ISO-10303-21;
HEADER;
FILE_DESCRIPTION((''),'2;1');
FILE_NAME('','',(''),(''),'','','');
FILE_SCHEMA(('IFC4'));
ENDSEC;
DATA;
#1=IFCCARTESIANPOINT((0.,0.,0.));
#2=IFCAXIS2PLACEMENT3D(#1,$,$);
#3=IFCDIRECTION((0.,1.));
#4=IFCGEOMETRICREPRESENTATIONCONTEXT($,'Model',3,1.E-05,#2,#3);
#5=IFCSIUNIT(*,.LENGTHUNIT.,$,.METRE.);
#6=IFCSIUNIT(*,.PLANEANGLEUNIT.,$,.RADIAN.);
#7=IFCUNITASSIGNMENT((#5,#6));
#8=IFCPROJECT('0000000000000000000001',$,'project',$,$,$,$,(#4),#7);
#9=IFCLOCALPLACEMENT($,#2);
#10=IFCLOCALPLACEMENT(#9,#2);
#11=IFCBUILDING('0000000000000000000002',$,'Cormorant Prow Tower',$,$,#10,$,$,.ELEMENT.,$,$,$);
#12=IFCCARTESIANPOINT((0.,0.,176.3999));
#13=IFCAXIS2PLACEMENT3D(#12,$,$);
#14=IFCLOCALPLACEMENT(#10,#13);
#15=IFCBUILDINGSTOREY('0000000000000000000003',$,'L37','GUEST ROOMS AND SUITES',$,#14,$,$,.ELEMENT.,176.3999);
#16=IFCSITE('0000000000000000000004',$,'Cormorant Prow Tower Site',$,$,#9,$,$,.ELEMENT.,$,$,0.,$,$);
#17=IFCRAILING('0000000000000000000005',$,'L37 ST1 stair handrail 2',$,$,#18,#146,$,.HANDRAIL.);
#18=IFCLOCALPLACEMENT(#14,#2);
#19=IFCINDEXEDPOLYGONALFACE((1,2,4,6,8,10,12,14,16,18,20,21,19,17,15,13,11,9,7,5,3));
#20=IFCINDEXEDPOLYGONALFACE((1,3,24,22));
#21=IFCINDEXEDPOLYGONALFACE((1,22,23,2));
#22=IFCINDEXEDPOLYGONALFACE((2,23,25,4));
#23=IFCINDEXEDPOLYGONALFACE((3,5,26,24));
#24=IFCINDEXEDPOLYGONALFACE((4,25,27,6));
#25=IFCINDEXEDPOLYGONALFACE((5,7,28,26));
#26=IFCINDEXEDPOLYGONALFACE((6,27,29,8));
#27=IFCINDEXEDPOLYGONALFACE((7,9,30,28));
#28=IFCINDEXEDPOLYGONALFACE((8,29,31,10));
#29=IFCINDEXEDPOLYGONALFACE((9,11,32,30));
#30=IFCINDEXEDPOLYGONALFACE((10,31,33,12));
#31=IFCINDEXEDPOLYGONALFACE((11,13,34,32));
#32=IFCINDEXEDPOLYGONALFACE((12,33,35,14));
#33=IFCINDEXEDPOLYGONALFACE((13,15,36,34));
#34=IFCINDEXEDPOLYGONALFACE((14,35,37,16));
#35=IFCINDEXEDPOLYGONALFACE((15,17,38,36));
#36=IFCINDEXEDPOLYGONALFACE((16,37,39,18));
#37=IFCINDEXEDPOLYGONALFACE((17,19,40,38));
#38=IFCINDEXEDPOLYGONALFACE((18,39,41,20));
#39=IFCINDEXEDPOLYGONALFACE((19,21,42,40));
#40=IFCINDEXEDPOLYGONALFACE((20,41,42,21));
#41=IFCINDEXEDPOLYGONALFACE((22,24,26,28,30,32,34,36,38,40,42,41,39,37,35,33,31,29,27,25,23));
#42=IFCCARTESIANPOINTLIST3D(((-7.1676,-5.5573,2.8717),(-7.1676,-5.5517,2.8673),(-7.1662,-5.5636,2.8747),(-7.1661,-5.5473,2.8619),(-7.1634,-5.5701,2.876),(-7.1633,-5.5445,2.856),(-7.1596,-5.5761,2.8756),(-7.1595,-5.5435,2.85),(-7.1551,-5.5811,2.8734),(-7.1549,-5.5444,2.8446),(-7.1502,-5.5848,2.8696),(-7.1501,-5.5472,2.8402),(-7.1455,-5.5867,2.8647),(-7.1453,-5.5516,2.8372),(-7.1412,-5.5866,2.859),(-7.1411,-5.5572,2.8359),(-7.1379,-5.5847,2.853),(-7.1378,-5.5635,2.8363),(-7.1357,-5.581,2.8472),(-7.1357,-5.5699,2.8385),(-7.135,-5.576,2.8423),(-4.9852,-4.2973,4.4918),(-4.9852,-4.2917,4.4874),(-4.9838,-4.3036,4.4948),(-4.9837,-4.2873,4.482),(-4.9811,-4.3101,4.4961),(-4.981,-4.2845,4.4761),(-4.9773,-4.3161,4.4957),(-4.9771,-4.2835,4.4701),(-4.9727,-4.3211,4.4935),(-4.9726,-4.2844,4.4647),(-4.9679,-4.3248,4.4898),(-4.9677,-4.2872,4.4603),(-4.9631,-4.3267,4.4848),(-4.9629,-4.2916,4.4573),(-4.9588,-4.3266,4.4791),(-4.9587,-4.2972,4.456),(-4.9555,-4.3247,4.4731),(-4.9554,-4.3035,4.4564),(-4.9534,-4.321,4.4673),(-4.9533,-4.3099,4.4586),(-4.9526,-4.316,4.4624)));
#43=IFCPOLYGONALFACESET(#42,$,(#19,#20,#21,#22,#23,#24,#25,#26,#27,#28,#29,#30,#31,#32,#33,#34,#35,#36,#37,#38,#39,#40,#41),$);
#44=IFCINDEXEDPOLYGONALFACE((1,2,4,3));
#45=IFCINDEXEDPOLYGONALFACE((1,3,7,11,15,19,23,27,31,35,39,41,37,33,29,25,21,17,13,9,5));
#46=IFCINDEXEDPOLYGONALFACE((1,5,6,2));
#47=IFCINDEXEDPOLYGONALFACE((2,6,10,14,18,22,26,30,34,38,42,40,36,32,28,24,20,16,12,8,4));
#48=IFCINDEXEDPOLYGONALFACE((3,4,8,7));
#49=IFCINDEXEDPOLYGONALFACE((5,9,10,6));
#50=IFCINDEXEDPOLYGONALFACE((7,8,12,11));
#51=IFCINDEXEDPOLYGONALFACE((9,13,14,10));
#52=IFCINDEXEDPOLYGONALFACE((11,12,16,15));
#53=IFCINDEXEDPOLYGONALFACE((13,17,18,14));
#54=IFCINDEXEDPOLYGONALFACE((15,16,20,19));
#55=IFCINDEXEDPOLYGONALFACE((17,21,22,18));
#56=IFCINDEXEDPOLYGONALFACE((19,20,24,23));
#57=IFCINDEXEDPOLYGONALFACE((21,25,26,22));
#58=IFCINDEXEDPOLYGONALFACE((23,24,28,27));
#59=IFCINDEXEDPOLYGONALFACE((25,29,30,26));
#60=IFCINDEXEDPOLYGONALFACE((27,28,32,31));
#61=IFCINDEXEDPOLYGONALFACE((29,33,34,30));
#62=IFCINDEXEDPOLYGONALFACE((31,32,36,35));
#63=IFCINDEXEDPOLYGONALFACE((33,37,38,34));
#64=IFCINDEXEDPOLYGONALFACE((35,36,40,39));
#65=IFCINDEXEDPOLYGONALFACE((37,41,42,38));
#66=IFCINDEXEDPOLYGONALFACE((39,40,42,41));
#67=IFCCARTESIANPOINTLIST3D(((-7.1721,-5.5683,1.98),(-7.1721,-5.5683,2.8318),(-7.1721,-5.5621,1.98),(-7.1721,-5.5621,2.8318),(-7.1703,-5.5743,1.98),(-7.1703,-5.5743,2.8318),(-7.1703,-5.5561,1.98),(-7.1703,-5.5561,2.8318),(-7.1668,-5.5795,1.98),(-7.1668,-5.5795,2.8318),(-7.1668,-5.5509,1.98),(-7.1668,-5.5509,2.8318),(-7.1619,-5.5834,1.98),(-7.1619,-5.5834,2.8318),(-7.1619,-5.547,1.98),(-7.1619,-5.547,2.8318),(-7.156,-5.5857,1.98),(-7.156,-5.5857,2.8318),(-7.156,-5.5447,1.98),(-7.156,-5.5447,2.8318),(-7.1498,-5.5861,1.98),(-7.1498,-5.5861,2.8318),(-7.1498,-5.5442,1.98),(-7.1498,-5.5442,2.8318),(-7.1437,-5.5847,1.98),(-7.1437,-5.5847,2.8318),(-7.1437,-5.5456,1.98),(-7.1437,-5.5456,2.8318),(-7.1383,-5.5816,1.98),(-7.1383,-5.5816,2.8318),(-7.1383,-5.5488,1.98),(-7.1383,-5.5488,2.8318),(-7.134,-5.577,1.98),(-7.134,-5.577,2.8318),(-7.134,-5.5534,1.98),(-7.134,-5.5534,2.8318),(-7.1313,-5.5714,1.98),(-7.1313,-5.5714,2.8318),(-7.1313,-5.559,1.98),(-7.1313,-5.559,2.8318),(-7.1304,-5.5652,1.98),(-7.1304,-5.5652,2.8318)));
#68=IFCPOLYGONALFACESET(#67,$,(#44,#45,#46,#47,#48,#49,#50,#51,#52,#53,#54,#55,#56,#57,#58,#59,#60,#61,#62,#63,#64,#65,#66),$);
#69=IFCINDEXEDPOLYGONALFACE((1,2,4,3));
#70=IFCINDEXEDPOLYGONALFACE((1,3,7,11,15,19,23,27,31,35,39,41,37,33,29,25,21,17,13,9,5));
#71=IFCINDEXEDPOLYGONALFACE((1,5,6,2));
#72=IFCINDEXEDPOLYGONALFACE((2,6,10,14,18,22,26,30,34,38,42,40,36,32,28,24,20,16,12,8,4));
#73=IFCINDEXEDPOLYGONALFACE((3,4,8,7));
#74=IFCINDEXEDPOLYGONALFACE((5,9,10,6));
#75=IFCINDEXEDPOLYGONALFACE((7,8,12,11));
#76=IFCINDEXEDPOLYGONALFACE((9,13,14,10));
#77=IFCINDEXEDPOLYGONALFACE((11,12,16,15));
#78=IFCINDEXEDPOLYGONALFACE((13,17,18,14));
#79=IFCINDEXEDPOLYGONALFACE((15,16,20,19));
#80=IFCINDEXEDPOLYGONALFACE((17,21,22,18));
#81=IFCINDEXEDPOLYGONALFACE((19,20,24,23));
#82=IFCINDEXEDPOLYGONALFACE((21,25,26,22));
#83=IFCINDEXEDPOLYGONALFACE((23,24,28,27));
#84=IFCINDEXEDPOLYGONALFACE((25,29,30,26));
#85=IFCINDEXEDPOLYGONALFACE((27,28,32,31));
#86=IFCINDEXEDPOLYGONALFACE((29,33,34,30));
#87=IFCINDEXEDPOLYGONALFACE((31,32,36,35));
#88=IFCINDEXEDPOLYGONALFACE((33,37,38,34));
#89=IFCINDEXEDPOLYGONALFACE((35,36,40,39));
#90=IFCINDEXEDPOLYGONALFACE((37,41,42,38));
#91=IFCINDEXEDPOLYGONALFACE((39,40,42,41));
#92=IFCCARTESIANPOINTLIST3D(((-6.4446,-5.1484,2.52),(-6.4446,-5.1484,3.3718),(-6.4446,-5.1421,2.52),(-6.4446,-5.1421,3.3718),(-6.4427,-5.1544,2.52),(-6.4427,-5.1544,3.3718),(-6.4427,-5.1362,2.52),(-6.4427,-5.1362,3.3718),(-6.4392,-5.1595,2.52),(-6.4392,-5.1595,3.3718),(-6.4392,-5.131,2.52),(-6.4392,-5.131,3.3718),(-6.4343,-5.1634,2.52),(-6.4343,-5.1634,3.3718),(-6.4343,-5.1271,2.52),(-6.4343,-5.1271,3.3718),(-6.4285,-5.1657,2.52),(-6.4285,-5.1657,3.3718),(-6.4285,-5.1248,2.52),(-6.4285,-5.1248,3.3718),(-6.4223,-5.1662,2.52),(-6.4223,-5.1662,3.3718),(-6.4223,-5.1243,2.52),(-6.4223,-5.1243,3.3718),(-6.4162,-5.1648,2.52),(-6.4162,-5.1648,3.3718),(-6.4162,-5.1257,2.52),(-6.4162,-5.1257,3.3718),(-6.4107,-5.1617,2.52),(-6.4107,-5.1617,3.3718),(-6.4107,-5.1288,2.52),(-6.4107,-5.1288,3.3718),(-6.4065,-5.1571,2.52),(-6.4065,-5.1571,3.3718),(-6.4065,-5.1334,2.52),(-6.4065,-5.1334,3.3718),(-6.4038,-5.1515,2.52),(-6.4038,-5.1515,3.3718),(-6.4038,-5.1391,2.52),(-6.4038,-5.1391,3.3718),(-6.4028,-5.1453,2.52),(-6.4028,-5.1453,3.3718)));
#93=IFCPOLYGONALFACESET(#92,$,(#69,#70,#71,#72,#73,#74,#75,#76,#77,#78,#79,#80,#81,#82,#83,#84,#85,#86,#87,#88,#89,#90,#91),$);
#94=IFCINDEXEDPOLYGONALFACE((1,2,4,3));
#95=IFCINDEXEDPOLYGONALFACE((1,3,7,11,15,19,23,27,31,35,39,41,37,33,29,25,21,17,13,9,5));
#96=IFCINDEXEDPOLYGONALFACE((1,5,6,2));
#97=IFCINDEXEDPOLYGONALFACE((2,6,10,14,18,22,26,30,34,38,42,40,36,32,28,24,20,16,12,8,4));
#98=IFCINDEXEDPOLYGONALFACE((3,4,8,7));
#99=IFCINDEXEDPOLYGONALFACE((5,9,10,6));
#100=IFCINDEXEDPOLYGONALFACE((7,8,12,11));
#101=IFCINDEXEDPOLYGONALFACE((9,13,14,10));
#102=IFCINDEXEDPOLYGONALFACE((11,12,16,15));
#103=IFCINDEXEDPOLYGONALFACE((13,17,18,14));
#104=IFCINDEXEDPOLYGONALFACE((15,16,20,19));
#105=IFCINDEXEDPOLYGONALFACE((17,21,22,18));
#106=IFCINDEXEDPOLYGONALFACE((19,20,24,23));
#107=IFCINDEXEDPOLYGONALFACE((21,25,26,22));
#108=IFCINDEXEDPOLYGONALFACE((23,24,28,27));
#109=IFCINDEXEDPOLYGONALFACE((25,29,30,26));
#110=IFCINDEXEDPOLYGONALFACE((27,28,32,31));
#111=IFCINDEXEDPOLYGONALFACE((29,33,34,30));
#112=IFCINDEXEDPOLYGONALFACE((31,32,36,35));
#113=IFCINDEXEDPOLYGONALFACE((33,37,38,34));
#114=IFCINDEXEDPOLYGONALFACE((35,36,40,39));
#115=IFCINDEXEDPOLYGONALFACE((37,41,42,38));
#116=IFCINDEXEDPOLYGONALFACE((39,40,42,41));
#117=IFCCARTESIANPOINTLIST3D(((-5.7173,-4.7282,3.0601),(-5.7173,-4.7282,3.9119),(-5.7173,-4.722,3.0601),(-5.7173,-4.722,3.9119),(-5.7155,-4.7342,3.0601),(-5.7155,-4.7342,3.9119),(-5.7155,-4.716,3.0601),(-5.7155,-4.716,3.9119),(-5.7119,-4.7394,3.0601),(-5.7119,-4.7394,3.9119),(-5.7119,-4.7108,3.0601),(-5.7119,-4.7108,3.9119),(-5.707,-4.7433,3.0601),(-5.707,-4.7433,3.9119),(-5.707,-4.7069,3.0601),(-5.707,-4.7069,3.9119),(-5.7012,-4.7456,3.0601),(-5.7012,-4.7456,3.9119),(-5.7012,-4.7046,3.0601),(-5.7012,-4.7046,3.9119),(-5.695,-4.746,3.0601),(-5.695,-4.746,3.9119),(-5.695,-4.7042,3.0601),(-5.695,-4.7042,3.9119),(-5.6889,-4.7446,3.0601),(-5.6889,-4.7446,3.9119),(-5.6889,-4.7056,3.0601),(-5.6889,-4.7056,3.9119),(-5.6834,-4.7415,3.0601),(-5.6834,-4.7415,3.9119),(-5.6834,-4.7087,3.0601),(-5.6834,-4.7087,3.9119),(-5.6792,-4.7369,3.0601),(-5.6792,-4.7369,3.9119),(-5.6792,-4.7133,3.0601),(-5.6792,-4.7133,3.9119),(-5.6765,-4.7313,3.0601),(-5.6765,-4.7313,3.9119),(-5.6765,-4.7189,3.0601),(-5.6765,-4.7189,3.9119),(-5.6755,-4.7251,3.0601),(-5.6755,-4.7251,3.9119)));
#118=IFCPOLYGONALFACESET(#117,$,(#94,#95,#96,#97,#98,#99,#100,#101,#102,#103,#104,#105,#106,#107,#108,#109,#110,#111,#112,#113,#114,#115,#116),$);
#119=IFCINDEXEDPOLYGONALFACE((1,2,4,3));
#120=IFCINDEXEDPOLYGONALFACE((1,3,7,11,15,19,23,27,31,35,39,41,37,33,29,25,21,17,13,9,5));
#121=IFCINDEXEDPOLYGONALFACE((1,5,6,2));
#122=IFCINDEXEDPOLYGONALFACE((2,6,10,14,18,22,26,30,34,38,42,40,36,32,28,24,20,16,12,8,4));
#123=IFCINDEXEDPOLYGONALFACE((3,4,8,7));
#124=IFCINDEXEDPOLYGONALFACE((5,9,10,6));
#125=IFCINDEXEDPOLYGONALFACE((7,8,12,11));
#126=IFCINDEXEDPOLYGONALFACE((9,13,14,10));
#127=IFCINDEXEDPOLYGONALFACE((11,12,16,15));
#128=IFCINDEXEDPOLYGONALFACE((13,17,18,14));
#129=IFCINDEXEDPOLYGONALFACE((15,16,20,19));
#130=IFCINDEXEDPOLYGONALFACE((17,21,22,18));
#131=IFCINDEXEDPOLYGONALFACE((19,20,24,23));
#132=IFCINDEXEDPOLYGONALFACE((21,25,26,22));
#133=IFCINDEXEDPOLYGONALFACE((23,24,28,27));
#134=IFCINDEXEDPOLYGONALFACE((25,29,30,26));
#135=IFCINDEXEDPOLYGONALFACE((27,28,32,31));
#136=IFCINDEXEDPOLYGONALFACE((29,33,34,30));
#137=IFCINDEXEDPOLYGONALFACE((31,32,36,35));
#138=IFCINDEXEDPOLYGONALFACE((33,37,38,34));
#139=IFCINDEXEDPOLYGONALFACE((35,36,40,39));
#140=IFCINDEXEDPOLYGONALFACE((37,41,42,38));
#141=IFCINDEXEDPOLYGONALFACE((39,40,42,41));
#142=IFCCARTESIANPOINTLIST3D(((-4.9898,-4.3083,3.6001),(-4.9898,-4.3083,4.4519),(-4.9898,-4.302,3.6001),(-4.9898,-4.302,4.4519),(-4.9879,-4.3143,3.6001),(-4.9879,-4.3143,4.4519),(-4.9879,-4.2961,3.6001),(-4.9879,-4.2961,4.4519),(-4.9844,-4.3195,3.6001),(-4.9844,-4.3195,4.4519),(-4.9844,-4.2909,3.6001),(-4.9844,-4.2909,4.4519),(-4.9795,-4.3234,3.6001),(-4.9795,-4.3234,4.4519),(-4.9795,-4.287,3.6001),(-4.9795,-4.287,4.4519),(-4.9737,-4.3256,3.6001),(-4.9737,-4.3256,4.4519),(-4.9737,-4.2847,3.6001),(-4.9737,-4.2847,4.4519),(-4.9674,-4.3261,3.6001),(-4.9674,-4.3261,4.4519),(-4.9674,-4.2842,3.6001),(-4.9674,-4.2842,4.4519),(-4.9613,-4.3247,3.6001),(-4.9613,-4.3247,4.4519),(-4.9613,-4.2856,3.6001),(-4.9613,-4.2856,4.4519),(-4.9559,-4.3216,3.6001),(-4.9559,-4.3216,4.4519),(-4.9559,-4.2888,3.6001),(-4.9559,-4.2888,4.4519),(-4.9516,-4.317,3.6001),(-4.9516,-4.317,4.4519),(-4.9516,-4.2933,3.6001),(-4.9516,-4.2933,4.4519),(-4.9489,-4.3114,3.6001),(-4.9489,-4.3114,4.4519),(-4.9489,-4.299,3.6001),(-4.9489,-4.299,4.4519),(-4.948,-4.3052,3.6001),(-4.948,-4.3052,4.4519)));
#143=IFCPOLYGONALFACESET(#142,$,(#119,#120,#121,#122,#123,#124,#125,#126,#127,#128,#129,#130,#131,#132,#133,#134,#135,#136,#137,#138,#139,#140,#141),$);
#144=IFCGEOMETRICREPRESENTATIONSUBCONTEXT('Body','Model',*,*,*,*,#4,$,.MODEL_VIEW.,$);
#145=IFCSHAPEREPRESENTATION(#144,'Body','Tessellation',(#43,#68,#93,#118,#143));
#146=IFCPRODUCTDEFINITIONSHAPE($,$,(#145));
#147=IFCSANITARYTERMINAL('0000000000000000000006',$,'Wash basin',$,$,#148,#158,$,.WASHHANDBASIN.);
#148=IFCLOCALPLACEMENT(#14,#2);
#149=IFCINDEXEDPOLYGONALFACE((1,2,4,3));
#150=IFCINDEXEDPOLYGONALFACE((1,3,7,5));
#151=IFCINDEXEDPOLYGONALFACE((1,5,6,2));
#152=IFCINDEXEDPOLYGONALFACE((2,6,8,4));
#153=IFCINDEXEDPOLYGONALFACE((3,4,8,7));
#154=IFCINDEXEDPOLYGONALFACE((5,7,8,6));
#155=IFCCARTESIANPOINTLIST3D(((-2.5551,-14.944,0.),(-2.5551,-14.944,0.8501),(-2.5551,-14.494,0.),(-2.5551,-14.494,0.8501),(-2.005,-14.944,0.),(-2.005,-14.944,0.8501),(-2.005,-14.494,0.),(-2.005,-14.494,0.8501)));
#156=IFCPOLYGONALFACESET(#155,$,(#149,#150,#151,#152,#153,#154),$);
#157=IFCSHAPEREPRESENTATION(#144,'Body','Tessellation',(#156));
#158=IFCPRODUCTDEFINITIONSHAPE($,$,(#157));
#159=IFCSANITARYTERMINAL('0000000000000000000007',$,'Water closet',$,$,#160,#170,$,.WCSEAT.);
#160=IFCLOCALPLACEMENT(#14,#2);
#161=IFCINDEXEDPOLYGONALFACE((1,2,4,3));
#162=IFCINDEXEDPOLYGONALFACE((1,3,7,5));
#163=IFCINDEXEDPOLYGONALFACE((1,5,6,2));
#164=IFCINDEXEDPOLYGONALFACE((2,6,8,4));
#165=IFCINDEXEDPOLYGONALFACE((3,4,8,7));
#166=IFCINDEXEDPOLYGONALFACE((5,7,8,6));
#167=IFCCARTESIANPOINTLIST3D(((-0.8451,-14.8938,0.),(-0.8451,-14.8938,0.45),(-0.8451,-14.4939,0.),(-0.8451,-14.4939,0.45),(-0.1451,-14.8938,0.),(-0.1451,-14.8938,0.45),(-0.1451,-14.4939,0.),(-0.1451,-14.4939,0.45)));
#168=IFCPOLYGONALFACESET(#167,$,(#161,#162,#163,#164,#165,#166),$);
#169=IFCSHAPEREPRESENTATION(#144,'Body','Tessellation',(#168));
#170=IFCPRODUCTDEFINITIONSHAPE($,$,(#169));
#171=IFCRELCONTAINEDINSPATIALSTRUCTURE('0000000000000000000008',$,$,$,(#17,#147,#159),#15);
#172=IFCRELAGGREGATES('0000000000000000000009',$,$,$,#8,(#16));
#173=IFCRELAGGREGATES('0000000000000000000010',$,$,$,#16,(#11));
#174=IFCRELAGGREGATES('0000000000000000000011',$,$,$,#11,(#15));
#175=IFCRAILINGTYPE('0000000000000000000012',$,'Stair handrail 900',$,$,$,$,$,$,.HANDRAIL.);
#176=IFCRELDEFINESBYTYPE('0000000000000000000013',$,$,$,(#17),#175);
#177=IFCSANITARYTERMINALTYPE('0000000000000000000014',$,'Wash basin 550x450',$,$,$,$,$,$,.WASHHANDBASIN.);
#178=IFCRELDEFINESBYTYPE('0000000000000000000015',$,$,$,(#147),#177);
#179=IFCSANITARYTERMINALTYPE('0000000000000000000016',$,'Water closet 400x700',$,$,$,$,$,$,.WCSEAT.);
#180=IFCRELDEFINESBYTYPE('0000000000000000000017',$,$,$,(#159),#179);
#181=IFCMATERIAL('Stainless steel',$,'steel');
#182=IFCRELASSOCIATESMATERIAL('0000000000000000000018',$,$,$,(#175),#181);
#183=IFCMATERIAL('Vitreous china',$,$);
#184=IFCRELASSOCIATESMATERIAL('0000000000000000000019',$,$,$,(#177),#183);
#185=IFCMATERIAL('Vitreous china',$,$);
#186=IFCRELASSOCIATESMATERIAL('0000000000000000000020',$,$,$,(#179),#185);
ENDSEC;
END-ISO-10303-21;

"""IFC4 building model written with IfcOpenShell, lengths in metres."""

from ifc_helpers import new_model, si_unit, direction, frame, origin, origin_2d, place, context, subcontext, project, spatial, rectangle, circle, extrude, material, type_object, element, save


model = new_model("IFC4")

# Units and contexts
model_context = context("Model", 3, precision=1e-05, world=origin(), true_north=direction((0.0, 1.0)))
body_context = subcontext(model_context, "Body", "Model", "MODEL_VIEW")
ifc_project = project(units=[si_unit("LENGTHUNIT", "METRE"), si_unit("PLANEANGLEUNIT", "RADIAN")], contexts=[model_context])

# Site, building, storey
site_placement = place(None, origin())
site = spatial("IfcSite", under=ifc_project, at=site_placement, Name="Cormorant Prow Tower Site", CompositionType="ELEMENT", RefElevation=0.0)
building_placement = place(site_placement, origin())
building = spatial("IfcBuilding", under=site, at=building_placement, Name="Cormorant Prow Tower", CompositionType="ELEMENT")
storey_placement = place(building_placement, frame((0.0, 0.0, 176.3999)))
storey = spatial("IfcBuildingStorey", under=building, at=storey_placement, Name="L37", Description="GUEST ROOMS AND SUITES", CompositionType="ELEMENT", Elevation=176.3999)

# Railing
ifc_material_1 = material(Name="Stainless steel", Category="steel")
railing_type_1 = type_object("IfcRailingType", Name="Stair handrail 900", PredefinedType="HANDRAIL", material=ifc_material_1)
railing_1_placement = place(storey_placement, frame((-7.1514, -5.5652, 1.98)))
element("IfcRailing", 1, at=railing_1_placement, inside=storey, type_object=railing_type_1, Name="L37 ST1 stair handrail 2", PredefinedType="HANDRAIL", context=body_context, shape_type="SweptSolid", body=[
    extrude(circle(Radius=0.0239, at=origin_2d()), frame((0.0, 0.0, 0.876), z_axis=(0.728464, 0.420584, 0.540786), x_axis=(-0.500005, 0.866023, 0.0)), (0.0, 0.0, 1.0), 2.9958),
    extrude(circle(Radius=0.021, at=origin_2d()), origin(), (0.0, 0.0, 1.0), 0.8518),
    extrude(circle(Radius=0.021, at=origin_2d()), frame((0.7275, 0.4199, 0.54)), (0.0, 0.0, 1.0), 0.8518),
    extrude(circle(Radius=0.021, at=origin_2d()), frame((1.4548, 0.8401, 1.0801)), (0.0, 0.0, 1.0), 0.8518),
    extrude(circle(Radius=0.021, at=origin_2d()), frame((2.1824, 1.26, 1.6201)), (0.0, 0.0, 1.0), 0.8518),
])

# Sanitary terminals
ifc_material_2 = material(Name="Vitreous china")
sanitary_terminal_type_1 = type_object("IfcSanitaryTerminalType", Name="Wash basin 550x450", PredefinedType="WASHHANDBASIN", material=ifc_material_2)
sanitary_terminal_1_placement = place(storey_placement, frame((-2.28, -14.719, 0.0), z_axis=(0.0, 0.0, 1.0), x_axis=(1.0, 0.0, 0.0)))
element("IfcSanitaryTerminal", 2, at=sanitary_terminal_1_placement, inside=storey, type_object=sanitary_terminal_type_1, Name="Wash basin", PredefinedType="WASHHANDBASIN", context=body_context, shape_type="SweptSolid", body=[
    extrude(rectangle(XDim=0.55, YDim=0.45, at=origin_2d()), origin(), (0.0, 0.0, 1.0), 0.8501),
])
ifc_material_3 = material(Name="Vitreous china")
sanitary_terminal_type_2 = type_object("IfcSanitaryTerminalType", Name="Water closet 400x700", PredefinedType="WCSEAT", material=ifc_material_3)
sanitary_terminal_2_placement = place(storey_placement, frame((-0.4951, -14.6938, 0.0), z_axis=(0.0, 0.0, 1.0), x_axis=(0.0, -1.0, 0.0)))
element("IfcSanitaryTerminal", 3, at=sanitary_terminal_2_placement, inside=storey, type_object=sanitary_terminal_type_2, Name="Water closet", PredefinedType="WCSEAT", context=body_context, shape_type="SweptSolid", body=[
    extrude(rectangle(XDim=0.3999, YDim=0.7, at=origin_2d()), origin(), (0.0, 0.0, 1.0), 0.45),
])

save(model, "model.ifc")
